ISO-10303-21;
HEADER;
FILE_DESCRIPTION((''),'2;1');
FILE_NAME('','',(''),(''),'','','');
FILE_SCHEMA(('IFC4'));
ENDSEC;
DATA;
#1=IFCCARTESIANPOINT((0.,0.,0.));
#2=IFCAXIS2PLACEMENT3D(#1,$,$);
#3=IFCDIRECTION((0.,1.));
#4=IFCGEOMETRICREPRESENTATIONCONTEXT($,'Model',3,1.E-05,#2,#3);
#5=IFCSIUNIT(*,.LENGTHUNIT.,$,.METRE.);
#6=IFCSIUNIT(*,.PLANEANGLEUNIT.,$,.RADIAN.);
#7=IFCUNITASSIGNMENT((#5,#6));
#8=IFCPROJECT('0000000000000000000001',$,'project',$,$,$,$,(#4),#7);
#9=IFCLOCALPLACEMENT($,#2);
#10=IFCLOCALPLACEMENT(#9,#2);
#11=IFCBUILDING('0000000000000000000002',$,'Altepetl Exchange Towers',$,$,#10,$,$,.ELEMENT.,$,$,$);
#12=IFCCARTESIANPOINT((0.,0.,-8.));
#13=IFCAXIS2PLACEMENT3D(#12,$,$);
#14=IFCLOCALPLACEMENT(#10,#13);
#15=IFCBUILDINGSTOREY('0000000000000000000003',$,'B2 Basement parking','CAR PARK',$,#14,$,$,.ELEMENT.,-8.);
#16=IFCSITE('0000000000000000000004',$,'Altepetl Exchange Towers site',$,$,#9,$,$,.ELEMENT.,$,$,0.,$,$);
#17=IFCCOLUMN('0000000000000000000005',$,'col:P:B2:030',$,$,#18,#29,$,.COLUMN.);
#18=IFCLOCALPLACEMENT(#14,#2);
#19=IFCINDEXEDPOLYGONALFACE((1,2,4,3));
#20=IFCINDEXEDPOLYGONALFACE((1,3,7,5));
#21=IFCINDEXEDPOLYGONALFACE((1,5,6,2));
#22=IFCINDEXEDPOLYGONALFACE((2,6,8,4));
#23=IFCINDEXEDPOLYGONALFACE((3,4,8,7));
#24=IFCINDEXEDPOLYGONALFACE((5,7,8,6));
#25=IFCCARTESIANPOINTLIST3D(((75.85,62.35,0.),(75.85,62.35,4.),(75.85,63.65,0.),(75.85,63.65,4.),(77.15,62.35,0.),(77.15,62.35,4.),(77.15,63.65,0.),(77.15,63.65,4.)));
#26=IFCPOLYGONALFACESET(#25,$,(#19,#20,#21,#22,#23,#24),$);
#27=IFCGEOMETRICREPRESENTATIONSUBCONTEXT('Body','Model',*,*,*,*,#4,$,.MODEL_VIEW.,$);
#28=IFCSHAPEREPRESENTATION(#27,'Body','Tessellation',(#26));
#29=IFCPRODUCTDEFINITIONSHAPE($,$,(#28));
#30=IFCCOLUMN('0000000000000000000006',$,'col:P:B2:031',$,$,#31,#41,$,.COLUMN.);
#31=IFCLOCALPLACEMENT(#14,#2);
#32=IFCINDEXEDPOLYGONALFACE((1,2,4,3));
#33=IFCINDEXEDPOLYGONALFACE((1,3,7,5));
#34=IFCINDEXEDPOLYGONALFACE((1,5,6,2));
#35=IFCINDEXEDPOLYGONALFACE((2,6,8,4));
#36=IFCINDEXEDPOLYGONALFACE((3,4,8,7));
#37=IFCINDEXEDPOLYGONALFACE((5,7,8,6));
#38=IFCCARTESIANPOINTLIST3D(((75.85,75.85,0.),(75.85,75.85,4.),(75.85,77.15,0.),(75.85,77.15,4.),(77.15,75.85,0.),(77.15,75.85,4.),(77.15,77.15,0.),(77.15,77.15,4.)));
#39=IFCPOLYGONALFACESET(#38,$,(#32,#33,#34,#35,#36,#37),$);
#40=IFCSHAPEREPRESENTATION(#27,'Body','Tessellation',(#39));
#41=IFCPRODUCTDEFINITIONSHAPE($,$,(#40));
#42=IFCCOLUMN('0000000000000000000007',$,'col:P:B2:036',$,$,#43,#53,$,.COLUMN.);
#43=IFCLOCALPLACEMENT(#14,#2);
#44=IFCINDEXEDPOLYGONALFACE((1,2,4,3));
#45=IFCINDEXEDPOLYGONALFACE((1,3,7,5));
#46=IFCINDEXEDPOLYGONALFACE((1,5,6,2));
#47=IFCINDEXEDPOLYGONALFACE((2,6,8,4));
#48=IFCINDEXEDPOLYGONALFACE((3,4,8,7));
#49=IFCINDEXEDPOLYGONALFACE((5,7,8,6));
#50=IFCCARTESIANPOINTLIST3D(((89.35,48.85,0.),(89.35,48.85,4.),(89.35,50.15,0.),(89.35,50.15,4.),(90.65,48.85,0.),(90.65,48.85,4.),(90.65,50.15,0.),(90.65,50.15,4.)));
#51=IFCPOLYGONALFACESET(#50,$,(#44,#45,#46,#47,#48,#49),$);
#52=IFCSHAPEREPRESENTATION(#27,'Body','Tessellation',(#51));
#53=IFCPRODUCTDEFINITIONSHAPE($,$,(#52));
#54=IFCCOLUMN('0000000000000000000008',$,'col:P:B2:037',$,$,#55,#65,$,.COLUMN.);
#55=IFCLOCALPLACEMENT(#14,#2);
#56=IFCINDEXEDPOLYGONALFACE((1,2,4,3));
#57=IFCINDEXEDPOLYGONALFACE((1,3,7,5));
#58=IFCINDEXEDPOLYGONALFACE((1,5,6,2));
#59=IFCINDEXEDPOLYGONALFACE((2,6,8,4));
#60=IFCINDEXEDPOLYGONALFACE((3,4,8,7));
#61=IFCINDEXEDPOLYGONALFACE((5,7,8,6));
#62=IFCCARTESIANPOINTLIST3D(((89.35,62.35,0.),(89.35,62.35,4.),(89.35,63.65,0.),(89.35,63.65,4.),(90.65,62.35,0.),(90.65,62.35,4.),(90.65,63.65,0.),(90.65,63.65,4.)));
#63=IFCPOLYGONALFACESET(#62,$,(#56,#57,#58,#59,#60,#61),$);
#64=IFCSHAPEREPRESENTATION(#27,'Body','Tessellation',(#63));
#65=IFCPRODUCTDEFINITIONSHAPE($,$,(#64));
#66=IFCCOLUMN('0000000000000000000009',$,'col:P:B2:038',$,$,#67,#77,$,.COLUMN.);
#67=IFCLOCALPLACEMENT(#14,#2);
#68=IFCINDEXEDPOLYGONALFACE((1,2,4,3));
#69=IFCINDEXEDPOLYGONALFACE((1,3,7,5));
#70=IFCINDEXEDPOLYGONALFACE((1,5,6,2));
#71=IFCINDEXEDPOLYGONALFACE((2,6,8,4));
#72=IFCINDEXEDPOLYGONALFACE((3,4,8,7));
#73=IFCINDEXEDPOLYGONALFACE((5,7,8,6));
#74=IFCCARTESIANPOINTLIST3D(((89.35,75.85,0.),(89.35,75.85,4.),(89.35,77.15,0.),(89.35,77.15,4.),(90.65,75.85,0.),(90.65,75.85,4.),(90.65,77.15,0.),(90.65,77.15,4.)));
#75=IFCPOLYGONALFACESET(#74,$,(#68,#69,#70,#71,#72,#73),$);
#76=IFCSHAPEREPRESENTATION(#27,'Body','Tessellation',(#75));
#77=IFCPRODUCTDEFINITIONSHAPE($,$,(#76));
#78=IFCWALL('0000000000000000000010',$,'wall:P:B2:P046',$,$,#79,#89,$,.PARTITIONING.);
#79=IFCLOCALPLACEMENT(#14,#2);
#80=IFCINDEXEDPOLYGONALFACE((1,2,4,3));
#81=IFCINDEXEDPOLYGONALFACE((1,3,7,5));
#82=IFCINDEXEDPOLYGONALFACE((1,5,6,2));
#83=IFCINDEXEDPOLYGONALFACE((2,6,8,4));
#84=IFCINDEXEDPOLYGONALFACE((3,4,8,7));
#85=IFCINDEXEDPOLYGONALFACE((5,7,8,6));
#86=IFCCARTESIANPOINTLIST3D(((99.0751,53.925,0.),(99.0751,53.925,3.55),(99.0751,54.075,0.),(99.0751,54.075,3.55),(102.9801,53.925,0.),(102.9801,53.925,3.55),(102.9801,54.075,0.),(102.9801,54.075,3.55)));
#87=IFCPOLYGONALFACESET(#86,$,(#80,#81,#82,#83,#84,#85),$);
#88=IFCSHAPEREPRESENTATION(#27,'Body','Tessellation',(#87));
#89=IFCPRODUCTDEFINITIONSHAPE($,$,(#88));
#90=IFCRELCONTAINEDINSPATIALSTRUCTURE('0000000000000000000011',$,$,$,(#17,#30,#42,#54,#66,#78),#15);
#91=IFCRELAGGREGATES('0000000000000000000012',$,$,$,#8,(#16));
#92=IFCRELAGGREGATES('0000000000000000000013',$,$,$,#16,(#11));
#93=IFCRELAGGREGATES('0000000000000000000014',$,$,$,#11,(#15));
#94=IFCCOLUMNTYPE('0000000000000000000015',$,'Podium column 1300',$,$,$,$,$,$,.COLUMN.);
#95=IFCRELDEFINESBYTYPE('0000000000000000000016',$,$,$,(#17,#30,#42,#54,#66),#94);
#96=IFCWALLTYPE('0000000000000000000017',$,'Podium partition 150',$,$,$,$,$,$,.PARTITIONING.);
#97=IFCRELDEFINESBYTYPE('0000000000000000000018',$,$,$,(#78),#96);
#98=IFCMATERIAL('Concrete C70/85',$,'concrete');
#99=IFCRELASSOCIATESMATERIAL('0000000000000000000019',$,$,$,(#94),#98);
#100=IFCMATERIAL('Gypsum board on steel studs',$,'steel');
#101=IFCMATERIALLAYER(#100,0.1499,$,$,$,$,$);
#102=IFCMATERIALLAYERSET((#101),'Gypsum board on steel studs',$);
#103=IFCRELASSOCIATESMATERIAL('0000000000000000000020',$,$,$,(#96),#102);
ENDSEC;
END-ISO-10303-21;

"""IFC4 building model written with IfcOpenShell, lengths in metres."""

from ifc_helpers import new_model, si_unit, direction, frame, frame_2d, origin, origin_2d, place, context, subcontext, project, spatial, rectangle, extrude, material, layer, layer_set, material_profile, profile_set, type_object, element, save


model = new_model("IFC4")

# Units and contexts
model_context = context("Model", 3, precision=1e-05, world=origin(), true_north=direction((0.0, 1.0)))
body_context = subcontext(model_context, "Body", "Model", "MODEL_VIEW")
ifc_project = project(units=[si_unit("LENGTHUNIT", "METRE"), si_unit("PLANEANGLEUNIT", "RADIAN")], contexts=[model_context])

# Site, building, storey
site_placement = place(None, origin())
site = spatial("IfcSite", under=ifc_project, at=site_placement, Name="Altepetl Exchange Towers site", CompositionType="ELEMENT", RefElevation=0.0)
building_placement = place(site_placement, origin())
building = spatial("IfcBuilding", under=site, at=building_placement, Name="Altepetl Exchange Towers", CompositionType="ELEMENT")
storey_placement = place(building_placement, frame((0.0, 0.0, -8.0)))
storey = spatial("IfcBuildingStorey", under=building, at=storey_placement, Name="B2 Basement parking", Description="CAR PARK", CompositionType="ELEMENT", Elevation=-8.0)

# Columns
ifc_material_1 = material(Name="Concrete C70/85", Category="concrete")
ifc_material_profile_1 = material_profile(ifc_material_1, rectangle(XDim=1.3, YDim=1.3, at=origin_2d()), Name="1300 x 1300")
ifc_profile_set_1 = profile_set([ifc_material_profile_1], Name="Concrete C70/85")
column_type_1 = type_object("IfcColumnType", Name="Podium column 1300", PredefinedType="COLUMN", material=ifc_profile_set_1)
for number, where, name in (
    (1, (76.5, 63.0, 0.0), "col:P:B2:030"),
    (2, (76.5, 76.5, 0.0), "col:P:B2:031"),
    (3, (90.0, 49.5, 0.0), "col:P:B2:036"),
    (4, (90.0, 63.0, 0.0), "col:P:B2:037"),
    (5, (90.0, 76.5, 0.0), "col:P:B2:038"),
):
    element("IfcColumn", number, at=place(storey_placement, frame(where)), inside=storey, type_object=column_type_1, Name=name, PredefinedType="COLUMN", context=body_context, shape_type="SweptSolid", body=[
        extrude(rectangle(XDim=1.3, YDim=1.3, at=origin_2d()), origin(), (0.0, 0.0, 1.0), 4.0),
    ])

# Wall
ifc_material_2 = material(Name="Gypsum board on steel studs", Category="steel")
ifc_layer = layer(ifc_material_2, 0.1499)
ifc_layer_set = layer_set([ifc_layer], Name="Gypsum board on steel studs")
wall_type = type_object("IfcWallType", Name="Podium partition 150", PredefinedType="PARTITIONING", material=ifc_layer_set)
wall_placement = place(storey_placement, frame((99.075, 54.0, 0.0)))
element("IfcWall", 6, at=wall_placement, inside=storey, type_object=wall_type, Name="wall:P:B2:P046", PredefinedType="PARTITIONING", context=body_context, shape_type="SweptSolid", body=[
    extrude(rectangle(XDim=3.905, YDim=0.1499, at=frame_2d((1.9526, 0.0))), origin(), (0.0, 0.0, 1.0), 3.55),
])

save(model, "model.ifc")
